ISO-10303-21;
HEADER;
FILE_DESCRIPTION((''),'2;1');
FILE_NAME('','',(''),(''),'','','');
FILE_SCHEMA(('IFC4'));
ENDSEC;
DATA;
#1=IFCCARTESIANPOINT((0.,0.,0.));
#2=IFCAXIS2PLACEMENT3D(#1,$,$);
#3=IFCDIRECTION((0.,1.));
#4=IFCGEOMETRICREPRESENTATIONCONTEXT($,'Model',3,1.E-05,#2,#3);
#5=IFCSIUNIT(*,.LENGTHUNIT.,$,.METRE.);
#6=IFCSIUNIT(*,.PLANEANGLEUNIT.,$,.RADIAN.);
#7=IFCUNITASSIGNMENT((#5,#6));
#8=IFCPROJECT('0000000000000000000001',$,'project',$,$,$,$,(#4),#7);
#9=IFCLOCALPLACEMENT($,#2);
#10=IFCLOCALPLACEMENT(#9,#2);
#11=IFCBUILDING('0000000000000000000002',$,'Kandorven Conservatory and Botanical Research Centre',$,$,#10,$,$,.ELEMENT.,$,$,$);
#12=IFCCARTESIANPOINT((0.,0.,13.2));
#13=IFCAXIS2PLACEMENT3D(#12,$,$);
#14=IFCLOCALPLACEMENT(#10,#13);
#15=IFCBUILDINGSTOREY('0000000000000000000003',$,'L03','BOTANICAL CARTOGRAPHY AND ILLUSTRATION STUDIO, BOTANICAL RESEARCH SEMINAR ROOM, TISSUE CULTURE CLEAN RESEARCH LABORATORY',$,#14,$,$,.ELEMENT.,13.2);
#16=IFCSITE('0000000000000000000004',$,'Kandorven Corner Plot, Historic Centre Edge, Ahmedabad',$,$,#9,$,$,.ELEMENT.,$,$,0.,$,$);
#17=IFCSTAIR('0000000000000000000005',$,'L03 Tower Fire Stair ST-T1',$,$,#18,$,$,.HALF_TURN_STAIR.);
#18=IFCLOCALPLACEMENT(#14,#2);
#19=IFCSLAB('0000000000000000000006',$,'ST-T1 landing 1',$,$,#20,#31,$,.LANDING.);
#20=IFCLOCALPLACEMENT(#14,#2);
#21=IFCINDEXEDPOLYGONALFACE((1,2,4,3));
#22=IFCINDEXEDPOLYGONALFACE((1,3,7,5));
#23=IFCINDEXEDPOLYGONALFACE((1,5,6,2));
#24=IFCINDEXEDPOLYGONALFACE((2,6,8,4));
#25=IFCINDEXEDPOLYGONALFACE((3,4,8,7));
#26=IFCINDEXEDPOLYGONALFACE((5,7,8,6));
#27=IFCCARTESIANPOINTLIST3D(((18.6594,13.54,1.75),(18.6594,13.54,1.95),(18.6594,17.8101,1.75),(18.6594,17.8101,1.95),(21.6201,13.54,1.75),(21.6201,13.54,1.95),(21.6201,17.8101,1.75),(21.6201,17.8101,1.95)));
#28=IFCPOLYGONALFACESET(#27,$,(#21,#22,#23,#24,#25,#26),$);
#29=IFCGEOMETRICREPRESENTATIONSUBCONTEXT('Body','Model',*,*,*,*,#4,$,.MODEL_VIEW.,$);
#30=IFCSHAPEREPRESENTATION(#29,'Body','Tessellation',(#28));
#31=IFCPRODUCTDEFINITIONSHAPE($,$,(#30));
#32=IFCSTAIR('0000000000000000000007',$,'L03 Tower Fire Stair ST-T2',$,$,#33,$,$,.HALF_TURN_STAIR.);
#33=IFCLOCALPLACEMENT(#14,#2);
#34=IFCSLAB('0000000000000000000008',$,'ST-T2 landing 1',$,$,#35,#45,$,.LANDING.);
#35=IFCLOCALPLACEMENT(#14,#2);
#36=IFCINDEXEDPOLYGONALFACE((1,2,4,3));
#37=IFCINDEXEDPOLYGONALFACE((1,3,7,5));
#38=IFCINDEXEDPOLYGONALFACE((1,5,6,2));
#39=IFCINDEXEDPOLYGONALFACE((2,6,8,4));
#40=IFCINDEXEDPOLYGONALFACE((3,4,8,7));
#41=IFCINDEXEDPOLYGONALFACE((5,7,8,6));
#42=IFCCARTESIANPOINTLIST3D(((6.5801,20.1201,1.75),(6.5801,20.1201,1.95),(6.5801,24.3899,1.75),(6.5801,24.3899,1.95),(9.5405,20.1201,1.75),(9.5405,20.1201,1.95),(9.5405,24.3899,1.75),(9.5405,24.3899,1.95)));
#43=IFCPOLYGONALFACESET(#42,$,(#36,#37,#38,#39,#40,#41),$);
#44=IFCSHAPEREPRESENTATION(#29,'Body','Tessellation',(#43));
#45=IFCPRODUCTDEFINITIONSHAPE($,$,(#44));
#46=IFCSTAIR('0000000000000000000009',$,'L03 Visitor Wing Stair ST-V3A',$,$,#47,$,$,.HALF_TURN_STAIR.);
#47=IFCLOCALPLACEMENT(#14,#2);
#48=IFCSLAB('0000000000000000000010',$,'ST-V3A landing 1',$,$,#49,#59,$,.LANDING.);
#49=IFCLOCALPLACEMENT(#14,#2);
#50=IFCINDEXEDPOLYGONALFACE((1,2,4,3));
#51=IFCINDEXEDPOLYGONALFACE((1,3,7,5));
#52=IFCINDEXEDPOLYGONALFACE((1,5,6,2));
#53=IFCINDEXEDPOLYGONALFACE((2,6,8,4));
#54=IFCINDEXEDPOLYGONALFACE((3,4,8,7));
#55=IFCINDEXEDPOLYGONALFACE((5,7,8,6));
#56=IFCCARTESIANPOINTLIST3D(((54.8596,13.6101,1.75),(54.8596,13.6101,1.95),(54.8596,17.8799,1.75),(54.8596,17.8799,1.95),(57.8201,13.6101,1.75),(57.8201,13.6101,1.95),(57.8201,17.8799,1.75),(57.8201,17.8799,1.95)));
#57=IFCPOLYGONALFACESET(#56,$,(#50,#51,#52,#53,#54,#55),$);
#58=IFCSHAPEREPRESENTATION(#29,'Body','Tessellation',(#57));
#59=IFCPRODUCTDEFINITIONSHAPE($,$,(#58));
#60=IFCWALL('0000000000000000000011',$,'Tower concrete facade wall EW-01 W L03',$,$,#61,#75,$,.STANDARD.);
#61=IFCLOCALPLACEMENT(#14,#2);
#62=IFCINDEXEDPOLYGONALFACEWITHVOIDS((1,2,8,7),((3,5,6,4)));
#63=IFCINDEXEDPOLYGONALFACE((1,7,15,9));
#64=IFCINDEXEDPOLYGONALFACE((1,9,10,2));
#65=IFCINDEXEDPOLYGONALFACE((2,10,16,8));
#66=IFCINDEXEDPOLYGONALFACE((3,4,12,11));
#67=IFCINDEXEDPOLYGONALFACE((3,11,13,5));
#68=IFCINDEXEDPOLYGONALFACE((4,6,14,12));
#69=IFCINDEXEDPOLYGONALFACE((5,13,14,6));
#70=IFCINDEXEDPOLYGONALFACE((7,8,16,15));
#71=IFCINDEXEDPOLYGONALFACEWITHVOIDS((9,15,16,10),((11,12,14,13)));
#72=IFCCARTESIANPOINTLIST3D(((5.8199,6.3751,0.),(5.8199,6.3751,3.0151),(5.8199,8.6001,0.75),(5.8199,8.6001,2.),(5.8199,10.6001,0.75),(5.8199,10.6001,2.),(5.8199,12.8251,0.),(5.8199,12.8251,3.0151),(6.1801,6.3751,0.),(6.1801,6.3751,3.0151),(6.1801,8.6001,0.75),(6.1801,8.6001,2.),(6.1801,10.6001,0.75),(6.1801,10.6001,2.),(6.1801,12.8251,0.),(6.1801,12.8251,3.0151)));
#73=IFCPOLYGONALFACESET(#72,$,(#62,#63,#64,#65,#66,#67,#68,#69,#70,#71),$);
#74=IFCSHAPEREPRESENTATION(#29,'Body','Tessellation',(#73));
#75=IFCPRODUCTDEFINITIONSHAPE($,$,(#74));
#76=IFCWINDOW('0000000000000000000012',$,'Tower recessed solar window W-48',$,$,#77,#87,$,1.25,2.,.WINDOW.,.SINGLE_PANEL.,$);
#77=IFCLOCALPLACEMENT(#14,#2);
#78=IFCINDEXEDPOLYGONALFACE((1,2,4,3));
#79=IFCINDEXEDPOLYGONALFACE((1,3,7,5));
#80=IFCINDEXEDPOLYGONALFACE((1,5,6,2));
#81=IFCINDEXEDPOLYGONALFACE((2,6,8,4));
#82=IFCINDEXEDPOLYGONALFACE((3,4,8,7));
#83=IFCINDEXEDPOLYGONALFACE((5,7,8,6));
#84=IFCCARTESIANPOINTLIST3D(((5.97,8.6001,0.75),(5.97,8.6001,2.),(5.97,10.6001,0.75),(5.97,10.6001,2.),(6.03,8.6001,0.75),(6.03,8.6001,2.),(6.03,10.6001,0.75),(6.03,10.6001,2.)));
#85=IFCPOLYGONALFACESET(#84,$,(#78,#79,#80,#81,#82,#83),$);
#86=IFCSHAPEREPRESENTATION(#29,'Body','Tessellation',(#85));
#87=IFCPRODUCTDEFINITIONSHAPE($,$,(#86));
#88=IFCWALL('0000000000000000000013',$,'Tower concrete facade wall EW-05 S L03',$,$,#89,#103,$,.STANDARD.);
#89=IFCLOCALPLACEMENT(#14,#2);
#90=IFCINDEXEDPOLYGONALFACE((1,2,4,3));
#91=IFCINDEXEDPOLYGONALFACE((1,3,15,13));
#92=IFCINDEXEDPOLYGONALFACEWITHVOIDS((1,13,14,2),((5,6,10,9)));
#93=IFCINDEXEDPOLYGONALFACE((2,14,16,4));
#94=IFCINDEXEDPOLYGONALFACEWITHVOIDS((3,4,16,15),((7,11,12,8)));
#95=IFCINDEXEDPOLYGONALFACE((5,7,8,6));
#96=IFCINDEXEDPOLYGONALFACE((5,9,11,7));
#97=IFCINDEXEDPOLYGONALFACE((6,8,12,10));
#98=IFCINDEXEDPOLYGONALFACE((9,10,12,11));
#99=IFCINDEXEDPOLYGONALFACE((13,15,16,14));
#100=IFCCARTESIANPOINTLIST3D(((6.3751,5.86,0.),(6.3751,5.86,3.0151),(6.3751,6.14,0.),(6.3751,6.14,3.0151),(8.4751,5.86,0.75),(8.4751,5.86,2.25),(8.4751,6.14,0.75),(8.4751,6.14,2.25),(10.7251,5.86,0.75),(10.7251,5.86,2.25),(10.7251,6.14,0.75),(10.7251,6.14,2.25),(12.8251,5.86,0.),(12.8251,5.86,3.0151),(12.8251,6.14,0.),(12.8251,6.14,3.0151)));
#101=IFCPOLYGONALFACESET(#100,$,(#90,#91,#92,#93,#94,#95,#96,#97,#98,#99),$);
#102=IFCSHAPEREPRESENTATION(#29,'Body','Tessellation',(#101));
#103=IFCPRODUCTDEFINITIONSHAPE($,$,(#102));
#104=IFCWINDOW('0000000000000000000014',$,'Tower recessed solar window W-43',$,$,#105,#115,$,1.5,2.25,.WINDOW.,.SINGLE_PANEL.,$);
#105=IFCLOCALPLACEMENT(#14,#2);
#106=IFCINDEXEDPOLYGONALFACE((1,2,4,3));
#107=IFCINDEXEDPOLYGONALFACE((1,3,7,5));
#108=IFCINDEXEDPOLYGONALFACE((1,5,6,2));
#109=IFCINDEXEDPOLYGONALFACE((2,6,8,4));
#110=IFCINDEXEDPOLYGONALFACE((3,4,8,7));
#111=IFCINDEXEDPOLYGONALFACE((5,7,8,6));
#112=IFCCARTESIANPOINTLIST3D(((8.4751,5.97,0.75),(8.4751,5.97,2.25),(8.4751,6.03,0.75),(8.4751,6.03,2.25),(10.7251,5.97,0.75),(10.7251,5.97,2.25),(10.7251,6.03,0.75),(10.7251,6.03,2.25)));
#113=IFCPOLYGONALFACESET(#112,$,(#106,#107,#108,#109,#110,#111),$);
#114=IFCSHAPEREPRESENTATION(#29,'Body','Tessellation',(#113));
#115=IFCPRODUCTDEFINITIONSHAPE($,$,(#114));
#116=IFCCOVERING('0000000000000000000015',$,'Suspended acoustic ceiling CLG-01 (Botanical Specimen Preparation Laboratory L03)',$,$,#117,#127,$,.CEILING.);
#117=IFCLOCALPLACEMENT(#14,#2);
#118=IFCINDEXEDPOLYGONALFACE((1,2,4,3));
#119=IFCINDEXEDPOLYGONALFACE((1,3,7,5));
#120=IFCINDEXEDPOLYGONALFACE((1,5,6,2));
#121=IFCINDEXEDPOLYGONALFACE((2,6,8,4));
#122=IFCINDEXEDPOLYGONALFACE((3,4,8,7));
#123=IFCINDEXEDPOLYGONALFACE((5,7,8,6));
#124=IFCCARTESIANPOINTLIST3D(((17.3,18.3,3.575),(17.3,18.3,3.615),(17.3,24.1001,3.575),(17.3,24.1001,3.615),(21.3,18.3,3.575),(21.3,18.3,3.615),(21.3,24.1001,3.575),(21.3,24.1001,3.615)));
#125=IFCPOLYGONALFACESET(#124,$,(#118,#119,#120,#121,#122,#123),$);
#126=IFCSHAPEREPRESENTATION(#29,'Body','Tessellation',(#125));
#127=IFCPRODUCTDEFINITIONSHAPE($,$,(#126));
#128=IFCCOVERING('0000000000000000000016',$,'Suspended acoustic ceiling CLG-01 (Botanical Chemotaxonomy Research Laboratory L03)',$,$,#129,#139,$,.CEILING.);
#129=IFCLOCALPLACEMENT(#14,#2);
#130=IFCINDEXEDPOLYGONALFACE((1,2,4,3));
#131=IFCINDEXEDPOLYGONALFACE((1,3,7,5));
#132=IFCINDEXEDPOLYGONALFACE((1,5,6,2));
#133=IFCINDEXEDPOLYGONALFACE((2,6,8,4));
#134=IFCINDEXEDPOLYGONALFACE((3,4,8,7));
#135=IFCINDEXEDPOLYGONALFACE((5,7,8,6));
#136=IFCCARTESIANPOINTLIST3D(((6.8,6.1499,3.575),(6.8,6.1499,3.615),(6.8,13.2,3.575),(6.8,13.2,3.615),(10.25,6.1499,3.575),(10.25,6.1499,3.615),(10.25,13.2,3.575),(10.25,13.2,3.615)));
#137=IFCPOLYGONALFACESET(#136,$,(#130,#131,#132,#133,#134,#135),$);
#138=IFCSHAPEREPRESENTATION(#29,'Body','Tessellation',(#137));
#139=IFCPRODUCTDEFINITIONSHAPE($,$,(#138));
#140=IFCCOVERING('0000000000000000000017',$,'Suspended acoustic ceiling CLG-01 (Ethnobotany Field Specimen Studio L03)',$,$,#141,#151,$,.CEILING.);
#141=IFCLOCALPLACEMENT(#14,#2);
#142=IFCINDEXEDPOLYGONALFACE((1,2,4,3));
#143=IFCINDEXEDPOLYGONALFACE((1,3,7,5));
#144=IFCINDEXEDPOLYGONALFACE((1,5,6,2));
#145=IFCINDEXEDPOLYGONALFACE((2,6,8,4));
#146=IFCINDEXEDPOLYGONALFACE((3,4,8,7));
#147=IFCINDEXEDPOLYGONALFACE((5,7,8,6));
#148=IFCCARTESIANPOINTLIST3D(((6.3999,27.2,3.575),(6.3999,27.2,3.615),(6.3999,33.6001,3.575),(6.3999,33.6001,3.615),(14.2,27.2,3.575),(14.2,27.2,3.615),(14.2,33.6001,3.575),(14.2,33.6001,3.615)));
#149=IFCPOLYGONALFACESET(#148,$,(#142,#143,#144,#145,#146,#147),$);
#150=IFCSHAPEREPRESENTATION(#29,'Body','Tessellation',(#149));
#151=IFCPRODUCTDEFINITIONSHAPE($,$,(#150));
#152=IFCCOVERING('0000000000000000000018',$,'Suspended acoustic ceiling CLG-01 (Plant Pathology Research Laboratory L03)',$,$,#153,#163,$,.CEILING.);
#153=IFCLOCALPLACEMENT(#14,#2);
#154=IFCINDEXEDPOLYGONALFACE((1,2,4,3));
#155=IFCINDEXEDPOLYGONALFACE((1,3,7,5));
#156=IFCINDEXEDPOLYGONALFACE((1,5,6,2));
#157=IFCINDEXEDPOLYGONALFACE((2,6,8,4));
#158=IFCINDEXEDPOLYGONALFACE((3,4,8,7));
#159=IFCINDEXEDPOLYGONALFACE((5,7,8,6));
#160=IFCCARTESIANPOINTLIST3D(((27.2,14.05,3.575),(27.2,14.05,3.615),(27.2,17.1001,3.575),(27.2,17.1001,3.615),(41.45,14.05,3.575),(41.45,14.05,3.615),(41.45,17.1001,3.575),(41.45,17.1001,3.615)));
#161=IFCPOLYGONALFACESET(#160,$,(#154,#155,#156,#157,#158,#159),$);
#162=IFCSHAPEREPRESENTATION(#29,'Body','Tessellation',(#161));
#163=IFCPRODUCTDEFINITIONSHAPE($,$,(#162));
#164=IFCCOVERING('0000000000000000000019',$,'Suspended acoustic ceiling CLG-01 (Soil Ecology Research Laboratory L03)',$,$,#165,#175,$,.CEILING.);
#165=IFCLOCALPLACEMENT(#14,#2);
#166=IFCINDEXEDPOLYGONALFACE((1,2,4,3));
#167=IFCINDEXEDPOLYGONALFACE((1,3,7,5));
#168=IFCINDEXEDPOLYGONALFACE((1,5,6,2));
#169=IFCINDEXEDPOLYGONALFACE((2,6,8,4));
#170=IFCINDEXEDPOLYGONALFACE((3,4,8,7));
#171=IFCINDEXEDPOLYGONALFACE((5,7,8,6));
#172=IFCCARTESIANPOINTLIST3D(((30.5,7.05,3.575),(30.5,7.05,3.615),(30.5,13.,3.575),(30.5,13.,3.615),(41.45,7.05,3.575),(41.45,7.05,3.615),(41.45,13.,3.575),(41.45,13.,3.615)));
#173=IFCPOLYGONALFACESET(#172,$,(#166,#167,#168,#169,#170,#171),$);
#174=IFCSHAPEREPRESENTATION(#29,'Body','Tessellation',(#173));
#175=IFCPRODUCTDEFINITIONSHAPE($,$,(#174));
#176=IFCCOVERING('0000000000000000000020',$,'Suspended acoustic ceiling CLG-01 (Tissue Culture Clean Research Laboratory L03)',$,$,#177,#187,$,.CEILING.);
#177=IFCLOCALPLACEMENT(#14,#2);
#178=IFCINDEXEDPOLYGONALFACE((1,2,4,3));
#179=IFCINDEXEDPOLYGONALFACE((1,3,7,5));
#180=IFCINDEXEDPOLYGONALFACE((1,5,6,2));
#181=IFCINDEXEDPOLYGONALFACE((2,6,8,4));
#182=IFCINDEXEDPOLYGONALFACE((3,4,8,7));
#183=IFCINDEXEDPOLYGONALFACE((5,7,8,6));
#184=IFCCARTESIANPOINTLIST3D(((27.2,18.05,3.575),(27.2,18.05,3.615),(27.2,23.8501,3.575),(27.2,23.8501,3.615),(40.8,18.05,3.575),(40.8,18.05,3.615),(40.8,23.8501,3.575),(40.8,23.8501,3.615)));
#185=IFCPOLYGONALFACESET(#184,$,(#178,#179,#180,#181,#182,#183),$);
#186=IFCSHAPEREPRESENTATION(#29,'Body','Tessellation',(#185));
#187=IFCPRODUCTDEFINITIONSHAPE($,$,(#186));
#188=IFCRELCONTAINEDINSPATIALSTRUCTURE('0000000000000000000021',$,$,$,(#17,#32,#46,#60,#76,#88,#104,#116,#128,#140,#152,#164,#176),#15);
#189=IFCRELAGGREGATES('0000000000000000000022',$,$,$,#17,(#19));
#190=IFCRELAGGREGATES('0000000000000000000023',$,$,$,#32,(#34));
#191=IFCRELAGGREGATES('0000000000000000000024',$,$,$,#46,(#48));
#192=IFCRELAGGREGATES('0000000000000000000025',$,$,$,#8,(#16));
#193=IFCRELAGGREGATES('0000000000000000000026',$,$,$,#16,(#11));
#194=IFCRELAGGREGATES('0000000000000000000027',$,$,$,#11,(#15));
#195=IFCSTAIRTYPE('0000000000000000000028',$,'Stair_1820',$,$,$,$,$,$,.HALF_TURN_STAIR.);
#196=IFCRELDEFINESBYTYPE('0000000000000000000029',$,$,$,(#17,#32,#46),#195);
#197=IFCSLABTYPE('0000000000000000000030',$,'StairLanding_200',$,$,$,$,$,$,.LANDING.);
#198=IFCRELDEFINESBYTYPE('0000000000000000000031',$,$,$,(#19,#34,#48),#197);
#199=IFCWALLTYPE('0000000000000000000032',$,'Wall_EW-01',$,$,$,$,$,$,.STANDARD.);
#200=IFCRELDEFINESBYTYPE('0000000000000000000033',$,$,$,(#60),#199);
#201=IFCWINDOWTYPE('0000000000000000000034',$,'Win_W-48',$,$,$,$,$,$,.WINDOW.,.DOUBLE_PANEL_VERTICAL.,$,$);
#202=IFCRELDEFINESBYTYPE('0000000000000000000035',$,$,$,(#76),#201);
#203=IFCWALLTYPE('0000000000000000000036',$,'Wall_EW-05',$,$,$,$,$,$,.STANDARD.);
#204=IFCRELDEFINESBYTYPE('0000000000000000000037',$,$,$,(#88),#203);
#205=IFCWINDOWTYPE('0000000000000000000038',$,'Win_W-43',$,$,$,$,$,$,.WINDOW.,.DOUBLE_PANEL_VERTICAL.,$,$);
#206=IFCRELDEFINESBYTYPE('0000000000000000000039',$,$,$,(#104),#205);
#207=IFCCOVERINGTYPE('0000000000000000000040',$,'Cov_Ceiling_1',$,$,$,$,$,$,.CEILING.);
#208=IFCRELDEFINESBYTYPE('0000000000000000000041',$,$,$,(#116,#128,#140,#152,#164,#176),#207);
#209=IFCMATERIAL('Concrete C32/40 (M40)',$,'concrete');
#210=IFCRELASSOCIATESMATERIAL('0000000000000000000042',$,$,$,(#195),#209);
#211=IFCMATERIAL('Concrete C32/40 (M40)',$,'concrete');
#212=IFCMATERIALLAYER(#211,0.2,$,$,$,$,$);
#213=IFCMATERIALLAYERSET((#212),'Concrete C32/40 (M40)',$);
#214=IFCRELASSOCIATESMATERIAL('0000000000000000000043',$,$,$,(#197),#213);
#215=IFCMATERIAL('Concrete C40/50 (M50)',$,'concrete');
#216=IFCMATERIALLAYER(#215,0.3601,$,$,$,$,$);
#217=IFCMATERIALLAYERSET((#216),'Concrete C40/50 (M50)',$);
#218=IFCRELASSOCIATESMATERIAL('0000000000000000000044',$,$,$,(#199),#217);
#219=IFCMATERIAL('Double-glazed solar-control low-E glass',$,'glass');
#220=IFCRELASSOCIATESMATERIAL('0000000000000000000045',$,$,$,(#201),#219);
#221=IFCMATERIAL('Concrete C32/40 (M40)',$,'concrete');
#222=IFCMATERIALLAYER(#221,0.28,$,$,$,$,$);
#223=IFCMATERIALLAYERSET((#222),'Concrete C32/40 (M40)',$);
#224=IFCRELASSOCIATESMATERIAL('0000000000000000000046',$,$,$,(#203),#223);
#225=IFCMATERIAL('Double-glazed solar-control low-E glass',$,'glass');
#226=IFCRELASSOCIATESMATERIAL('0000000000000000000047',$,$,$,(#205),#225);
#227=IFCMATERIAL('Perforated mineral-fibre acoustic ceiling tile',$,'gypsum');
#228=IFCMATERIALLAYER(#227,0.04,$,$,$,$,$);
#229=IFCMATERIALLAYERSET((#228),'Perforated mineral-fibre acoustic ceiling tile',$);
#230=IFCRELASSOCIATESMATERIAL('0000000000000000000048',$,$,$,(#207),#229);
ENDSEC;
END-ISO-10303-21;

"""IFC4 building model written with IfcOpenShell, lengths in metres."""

from ifc_helpers import new_model, si_unit, direction, frame, frame_2d, origin, place, context, subcontext, project, spatial, polyline, rectangle, outline, extrude, material, layer, layer_set, type_object, element, fill, aggregate, save


model = new_model("IFC4")

# Units and contexts
model_context = context("Model", 3, precision=1e-05, world=origin(), true_north=direction((0.0, 1.0)))
body_context = subcontext(model_context, "Body", "Model", "MODEL_VIEW")
ifc_project = project(units=[si_unit("LENGTHUNIT", "METRE"), si_unit("PLANEANGLEUNIT", "RADIAN")], contexts=[model_context])

# Site, building, storey
site_placement = place(None, origin())
site = spatial("IfcSite", under=ifc_project, at=site_placement, Name="Kandorven Corner Plot, Historic Centre Edge, Ahmedabad", CompositionType="ELEMENT", RefElevation=0.0)
building_placement = place(site_placement, origin())
building = spatial("IfcBuilding", under=site, at=building_placement, Name="Kandorven Conservatory and Botanical Research Centre", CompositionType="ELEMENT")
storey_placement = place(building_placement, frame((0.0, 0.0, 13.2)))
storey = spatial("IfcBuildingStorey", under=building, at=storey_placement, Name="L03", Description="BOTANICAL CARTOGRAPHY AND ILLUSTRATION STUDIO, BOTANICAL RESEARCH SEMINAR ROOM, TISSUE CULTURE CLEAN RESEARCH LABORATORY", CompositionType="ELEMENT", Elevation=13.2)

# Stairs, slabs
ifc_material_1 = material(Name="Concrete C32/40 (M40)", Category="concrete")
stair_type = type_object("IfcStairType", Name="Stair_1820", PredefinedType="HALF_TURN_STAIR", material=ifc_material_1)
stair_1_placement = place(storey_placement, origin())
stair_1 = element("IfcStair", 1, at=stair_1_placement, inside=storey, type_object=stair_type, Name="L03 Tower Fire Stair ST-T1", PredefinedType="HALF_TURN_STAIR")
ifc_material_2 = material(Name="Concrete C32/40 (M40)", Category="concrete")
ifc_layer_1 = layer(ifc_material_2, 0.2)
ifc_layer_set_1 = layer_set([ifc_layer_1], Name="Concrete C32/40 (M40)")
slab_type_1 = type_object("IfcSlabType", Name="StairLanding_200", PredefinedType="LANDING", material=ifc_layer_set_1)
slab_1_placement = place(storey_placement, frame((0.0, 0.0, 1.75)))
slab_1 = element("IfcSlab", 2, at=slab_1_placement, type_object=slab_type_1, Name="ST-T1 landing 1", PredefinedType="LANDING", context=body_context, shape_type="SweptSolid", body=[
    extrude(outline(polyline([(18.6594, 13.54), (21.6201, 13.54), (21.6201, 17.8101), (18.6594, 17.8101), (18.6594, 13.54)])), origin(), (0.0, 0.0, 1.0), 0.2),
])
aggregate(stair_1, [slab_1])
stair_2_placement = place(storey_placement, origin())
stair_2 = element("IfcStair", 3, at=stair_2_placement, inside=storey, type_object=stair_type, Name="L03 Tower Fire Stair ST-T2", PredefinedType="HALF_TURN_STAIR")
slab_2_placement = place(storey_placement, frame((0.0, 0.0, 1.75)))
slab_2 = element("IfcSlab", 4, at=slab_2_placement, type_object=slab_type_1, Name="ST-T2 landing 1", PredefinedType="LANDING", context=body_context, shape_type="SweptSolid", body=[
    extrude(outline(polyline([(9.5405, 24.3899), (6.5801, 24.3899), (6.5801, 20.1201), (9.5405, 20.1201), (9.5405, 24.3899)])), origin(), (0.0, 0.0, 1.0), 0.2),
])
aggregate(stair_2, [slab_2])
stair_3_placement = place(storey_placement, origin())
stair_3 = element("IfcStair", 5, at=stair_3_placement, inside=storey, type_object=stair_type, Name="L03 Visitor Wing Stair ST-V3A", PredefinedType="HALF_TURN_STAIR")
slab_3_placement = place(storey_placement, frame((0.0, 0.0, 1.75)))
slab_3 = element("IfcSlab", 6, at=slab_3_placement, type_object=slab_type_1, Name="ST-V3A landing 1", PredefinedType="LANDING", context=body_context, shape_type="SweptSolid", body=[
    extrude(outline(polyline([(54.8596, 13.6101), (57.8201, 13.6101), (57.8201, 17.8799), (54.8596, 17.8799), (54.8596, 13.6101)])), origin(), (0.0, 0.0, 1.0), 0.2),
])
aggregate(stair_3, [slab_3])

# Walls, openings, windows
ifc_material_3 = material(Name="Concrete C40/50 (M50)", Category="concrete")
ifc_layer_2 = layer(ifc_material_3, 0.3601)
ifc_layer_set_2 = layer_set([ifc_layer_2], Name="Concrete C40/50 (M50)")
wall_type_1 = type_object("IfcWallType", Name="Wall_EW-01", PredefinedType="STANDARD", material=ifc_layer_set_2)
wall_1_placement = place(storey_placement, frame((6.0, 6.375, 0.0), z_axis=(0.0, 0.0, 1.0), x_axis=(0.0, 1.0, 0.0)))
wall_1 = element("IfcWall", 7, at=wall_1_placement, inside=storey, type_object=wall_type_1, Name="Tower concrete facade wall EW-01 W L03", PredefinedType="STANDARD", context=body_context, shape_type="SweptSolid", body=[
    extrude(rectangle(XDim=6.45, YDim=0.3601, at=frame_2d((3.2251, 0.0))), origin(), (0.0, 0.0, 1.0), 3.0151),
])
opening_1_placement = place(wall_1_placement, frame((2.2251, 0.0, 0.75)))
opening_1 = element("IfcOpeningElement", 8, at=opening_1_placement, cuts=wall_1, PredefinedType="OPENING", context=body_context, shape_type="SweptSolid", body=[
    extrude(rectangle(XDim=2.0, YDim=1.25, at=frame_2d((1.0, 0.625))), frame((0.0, 0.1899, 0.0), z_axis=(0.0, -1.0, 0.0), x_axis=(1.0, 0.0, 0.0)), (0.0, 0.0, 1.0), 0.3801),
])
ifc_material_4 = material(Name="Double-glazed solar-control low-E glass", Category="glass")
window_type_1 = type_object("IfcWindowType", Name="Win_W-48", PartitioningType="DOUBLE_PANEL_VERTICAL", PredefinedType="WINDOW", material=ifc_material_4)
window_1_placement = place(opening_1_placement, origin())
window_1 = element("IfcWindow", 9, at=window_1_placement, inside=storey, type_object=window_type_1, Name="Tower recessed solar window W-48", OverallHeight=1.25, OverallWidth=2.0, PartitioningType="SINGLE_PANEL", PredefinedType="WINDOW", context=body_context, shape_type="SweptSolid", body=[
    extrude(rectangle(XDim=2.0, YDim=1.25, at=frame_2d((1.0, 0.625))), frame((0.0, 0.03, 0.0), z_axis=(0.0, -1.0, 0.0), x_axis=(1.0, 0.0, 0.0)), (0.0, 0.0, 1.0), 0.0601),
])
fill(opening_1, window_1)
ifc_material_5 = material(Name="Concrete C32/40 (M40)", Category="concrete")
ifc_layer_3 = layer(ifc_material_5, 0.28)
ifc_layer_set_3 = layer_set([ifc_layer_3], Name="Concrete C32/40 (M40)")
wall_type_2 = type_object("IfcWallType", Name="Wall_EW-05", PredefinedType="STANDARD", material=ifc_layer_set_3)
wall_2_placement = place(storey_placement, frame((6.375, 6.0, 0.0), z_axis=(0.0, 0.0, 1.0), x_axis=(1.0, 0.0, 0.0)))
wall_2 = element("IfcWall", 10, at=wall_2_placement, inside=storey, type_object=wall_type_2, Name="Tower concrete facade wall EW-05 S L03", PredefinedType="STANDARD", context=body_context, shape_type="SweptSolid", body=[
    extrude(rectangle(XDim=6.45, YDim=0.28, at=frame_2d((3.2251, 0.0))), origin(), (0.0, 0.0, 1.0), 3.0151),
])
opening_2_placement = place(wall_2_placement, frame((2.1001, 0.0, 0.75)))
opening_2 = element("IfcOpeningElement", 11, at=opening_2_placement, cuts=wall_2, PredefinedType="OPENING", context=body_context, shape_type="SweptSolid", body=[
    extrude(rectangle(XDim=2.25, YDim=1.5, at=frame_2d((1.125, 0.75))), frame((0.0, 0.1499, 0.0), z_axis=(0.0, -1.0, 0.0), x_axis=(1.0, 0.0, 0.0)), (0.0, 0.0, 1.0), 0.3),
])
ifc_material_6 = material(Name="Double-glazed solar-control low-E glass", Category="glass")
window_type_2 = type_object("IfcWindowType", Name="Win_W-43", PartitioningType="DOUBLE_PANEL_VERTICAL", PredefinedType="WINDOW", material=ifc_material_6)
window_2_placement = place(opening_2_placement, origin())
window_2 = element("IfcWindow", 12, at=window_2_placement, inside=storey, type_object=window_type_2, Name="Tower recessed solar window W-43", OverallHeight=1.5, OverallWidth=2.25, PartitioningType="SINGLE_PANEL", PredefinedType="WINDOW", context=body_context, shape_type="SweptSolid", body=[
    extrude(rectangle(XDim=2.25, YDim=1.5, at=frame_2d((1.125, 0.75))), frame((0.0, 0.03, 0.0), z_axis=(0.0, -1.0, 0.0), x_axis=(1.0, 0.0, 0.0)), (0.0, 0.0, 1.0), 0.0601),
])
fill(opening_2, window_2)

# Coverings
ifc_material_7 = material(Name="Perforated mineral-fibre acoustic ceiling tile", Category="gypsum")
ifc_layer_4 = layer(ifc_material_7, 0.04)
ifc_layer_set_4 = layer_set([ifc_layer_4], Name="Perforated mineral-fibre acoustic ceiling tile")
covering_type_1 = type_object("IfcCoveringType", Name="Cov_Ceiling_1", PredefinedType="CEILING", material=ifc_layer_set_4)
covering_1_placement = place(storey_placement, frame((0.0, 0.0, 3.575)))
element("IfcCovering", 13, at=covering_1_placement, inside=storey, type_object=covering_type_1, Name="Suspended acoustic ceiling CLG-01 (Botanical Specimen Preparation Laboratory L03)", PredefinedType="CEILING", context=body_context, shape_type="SweptSolid", body=[
    extrude(outline(polyline([(17.3, 18.3), (21.3, 18.3), (21.3, 24.1001), (17.3, 24.1001), (17.3, 18.3)])), origin(), (0.0, 0.0, 1.0), 0.04),
])
covering_2_placement = place(storey_placement, frame((0.0, 0.0, 3.575)))
element("IfcCovering", 14, at=covering_2_placement, inside=storey, type_object=covering_type_1, Name="Suspended acoustic ceiling CLG-01 (Botanical Chemotaxonomy Research Laboratory L03)", PredefinedType="CEILING", context=body_context, shape_type="SweptSolid", body=[
    extrude(outline(polyline([(6.8, 6.1499), (10.25, 6.1499), (10.25, 13.2), (6.8, 13.2), (6.8, 6.1499)])), origin(), (0.0, 0.0, 1.0), 0.04),
])
covering_3_placement = place(storey_placement, frame((0.0, 0.0, 3.575)))
element("IfcCovering", 15, at=covering_3_placement, inside=storey, type_object=covering_type_1, Name="Suspended acoustic ceiling CLG-01 (Ethnobotany Field Specimen Studio L03)", PredefinedType="CEILING", context=body_context, shape_type="SweptSolid", body=[
    extrude(outline(polyline([(6.3999, 27.2), (14.2, 27.2), (14.2, 33.6001), (6.3999, 33.6001), (6.3999, 27.2)])), origin(), (0.0, 0.0, 1.0), 0.04),
])
covering_4_placement = place(storey_placement, frame((0.0, 0.0, 3.575)))
element("IfcCovering", 16, at=covering_4_placement, inside=storey, type_object=covering_type_1, Name="Suspended acoustic ceiling CLG-01 (Plant Pathology Research Laboratory L03)", PredefinedType="CEILING", context=body_context, shape_type="SweptSolid", body=[
    extrude(outline(polyline([(27.2, 14.05), (41.45, 14.05), (41.45, 17.1001), (27.2, 17.1001), (27.2, 14.05)])), origin(), (0.0, 0.0, 1.0), 0.04),
])
covering_5_placement = place(storey_placement, frame((0.0, 0.0, 3.575)))
element("IfcCovering", 17, at=covering_5_placement, inside=storey, type_object=covering_type_1, Name="Suspended acoustic ceiling CLG-01 (Soil Ecology Research Laboratory L03)", PredefinedType="CEILING", context=body_context, shape_type="SweptSolid", body=[
    extrude(outline(polyline([(30.5, 7.05), (41.45, 7.05), (41.45, 13.0), (30.5, 13.0), (30.5, 7.05)])), origin(), (0.0, 0.0, 1.0), 0.04),
])
covering_6_placement = place(storey_placement, frame((0.0, 0.0, 3.575)))
element("IfcCovering", 18, at=covering_6_placement, inside=storey, type_object=covering_type_1, Name="Suspended acoustic ceiling CLG-01 (Tissue Culture Clean Research Laboratory L03)", PredefinedType="CEILING", context=body_context, shape_type="SweptSolid", body=[
    extrude(outline(polyline([(27.2, 18.05), (40.8, 18.05), (40.8, 23.8501), (27.2, 23.8501), (27.2, 18.05)])), origin(), (0.0, 0.0, 1.0), 0.04),
])

save(model, "model.ifc")
